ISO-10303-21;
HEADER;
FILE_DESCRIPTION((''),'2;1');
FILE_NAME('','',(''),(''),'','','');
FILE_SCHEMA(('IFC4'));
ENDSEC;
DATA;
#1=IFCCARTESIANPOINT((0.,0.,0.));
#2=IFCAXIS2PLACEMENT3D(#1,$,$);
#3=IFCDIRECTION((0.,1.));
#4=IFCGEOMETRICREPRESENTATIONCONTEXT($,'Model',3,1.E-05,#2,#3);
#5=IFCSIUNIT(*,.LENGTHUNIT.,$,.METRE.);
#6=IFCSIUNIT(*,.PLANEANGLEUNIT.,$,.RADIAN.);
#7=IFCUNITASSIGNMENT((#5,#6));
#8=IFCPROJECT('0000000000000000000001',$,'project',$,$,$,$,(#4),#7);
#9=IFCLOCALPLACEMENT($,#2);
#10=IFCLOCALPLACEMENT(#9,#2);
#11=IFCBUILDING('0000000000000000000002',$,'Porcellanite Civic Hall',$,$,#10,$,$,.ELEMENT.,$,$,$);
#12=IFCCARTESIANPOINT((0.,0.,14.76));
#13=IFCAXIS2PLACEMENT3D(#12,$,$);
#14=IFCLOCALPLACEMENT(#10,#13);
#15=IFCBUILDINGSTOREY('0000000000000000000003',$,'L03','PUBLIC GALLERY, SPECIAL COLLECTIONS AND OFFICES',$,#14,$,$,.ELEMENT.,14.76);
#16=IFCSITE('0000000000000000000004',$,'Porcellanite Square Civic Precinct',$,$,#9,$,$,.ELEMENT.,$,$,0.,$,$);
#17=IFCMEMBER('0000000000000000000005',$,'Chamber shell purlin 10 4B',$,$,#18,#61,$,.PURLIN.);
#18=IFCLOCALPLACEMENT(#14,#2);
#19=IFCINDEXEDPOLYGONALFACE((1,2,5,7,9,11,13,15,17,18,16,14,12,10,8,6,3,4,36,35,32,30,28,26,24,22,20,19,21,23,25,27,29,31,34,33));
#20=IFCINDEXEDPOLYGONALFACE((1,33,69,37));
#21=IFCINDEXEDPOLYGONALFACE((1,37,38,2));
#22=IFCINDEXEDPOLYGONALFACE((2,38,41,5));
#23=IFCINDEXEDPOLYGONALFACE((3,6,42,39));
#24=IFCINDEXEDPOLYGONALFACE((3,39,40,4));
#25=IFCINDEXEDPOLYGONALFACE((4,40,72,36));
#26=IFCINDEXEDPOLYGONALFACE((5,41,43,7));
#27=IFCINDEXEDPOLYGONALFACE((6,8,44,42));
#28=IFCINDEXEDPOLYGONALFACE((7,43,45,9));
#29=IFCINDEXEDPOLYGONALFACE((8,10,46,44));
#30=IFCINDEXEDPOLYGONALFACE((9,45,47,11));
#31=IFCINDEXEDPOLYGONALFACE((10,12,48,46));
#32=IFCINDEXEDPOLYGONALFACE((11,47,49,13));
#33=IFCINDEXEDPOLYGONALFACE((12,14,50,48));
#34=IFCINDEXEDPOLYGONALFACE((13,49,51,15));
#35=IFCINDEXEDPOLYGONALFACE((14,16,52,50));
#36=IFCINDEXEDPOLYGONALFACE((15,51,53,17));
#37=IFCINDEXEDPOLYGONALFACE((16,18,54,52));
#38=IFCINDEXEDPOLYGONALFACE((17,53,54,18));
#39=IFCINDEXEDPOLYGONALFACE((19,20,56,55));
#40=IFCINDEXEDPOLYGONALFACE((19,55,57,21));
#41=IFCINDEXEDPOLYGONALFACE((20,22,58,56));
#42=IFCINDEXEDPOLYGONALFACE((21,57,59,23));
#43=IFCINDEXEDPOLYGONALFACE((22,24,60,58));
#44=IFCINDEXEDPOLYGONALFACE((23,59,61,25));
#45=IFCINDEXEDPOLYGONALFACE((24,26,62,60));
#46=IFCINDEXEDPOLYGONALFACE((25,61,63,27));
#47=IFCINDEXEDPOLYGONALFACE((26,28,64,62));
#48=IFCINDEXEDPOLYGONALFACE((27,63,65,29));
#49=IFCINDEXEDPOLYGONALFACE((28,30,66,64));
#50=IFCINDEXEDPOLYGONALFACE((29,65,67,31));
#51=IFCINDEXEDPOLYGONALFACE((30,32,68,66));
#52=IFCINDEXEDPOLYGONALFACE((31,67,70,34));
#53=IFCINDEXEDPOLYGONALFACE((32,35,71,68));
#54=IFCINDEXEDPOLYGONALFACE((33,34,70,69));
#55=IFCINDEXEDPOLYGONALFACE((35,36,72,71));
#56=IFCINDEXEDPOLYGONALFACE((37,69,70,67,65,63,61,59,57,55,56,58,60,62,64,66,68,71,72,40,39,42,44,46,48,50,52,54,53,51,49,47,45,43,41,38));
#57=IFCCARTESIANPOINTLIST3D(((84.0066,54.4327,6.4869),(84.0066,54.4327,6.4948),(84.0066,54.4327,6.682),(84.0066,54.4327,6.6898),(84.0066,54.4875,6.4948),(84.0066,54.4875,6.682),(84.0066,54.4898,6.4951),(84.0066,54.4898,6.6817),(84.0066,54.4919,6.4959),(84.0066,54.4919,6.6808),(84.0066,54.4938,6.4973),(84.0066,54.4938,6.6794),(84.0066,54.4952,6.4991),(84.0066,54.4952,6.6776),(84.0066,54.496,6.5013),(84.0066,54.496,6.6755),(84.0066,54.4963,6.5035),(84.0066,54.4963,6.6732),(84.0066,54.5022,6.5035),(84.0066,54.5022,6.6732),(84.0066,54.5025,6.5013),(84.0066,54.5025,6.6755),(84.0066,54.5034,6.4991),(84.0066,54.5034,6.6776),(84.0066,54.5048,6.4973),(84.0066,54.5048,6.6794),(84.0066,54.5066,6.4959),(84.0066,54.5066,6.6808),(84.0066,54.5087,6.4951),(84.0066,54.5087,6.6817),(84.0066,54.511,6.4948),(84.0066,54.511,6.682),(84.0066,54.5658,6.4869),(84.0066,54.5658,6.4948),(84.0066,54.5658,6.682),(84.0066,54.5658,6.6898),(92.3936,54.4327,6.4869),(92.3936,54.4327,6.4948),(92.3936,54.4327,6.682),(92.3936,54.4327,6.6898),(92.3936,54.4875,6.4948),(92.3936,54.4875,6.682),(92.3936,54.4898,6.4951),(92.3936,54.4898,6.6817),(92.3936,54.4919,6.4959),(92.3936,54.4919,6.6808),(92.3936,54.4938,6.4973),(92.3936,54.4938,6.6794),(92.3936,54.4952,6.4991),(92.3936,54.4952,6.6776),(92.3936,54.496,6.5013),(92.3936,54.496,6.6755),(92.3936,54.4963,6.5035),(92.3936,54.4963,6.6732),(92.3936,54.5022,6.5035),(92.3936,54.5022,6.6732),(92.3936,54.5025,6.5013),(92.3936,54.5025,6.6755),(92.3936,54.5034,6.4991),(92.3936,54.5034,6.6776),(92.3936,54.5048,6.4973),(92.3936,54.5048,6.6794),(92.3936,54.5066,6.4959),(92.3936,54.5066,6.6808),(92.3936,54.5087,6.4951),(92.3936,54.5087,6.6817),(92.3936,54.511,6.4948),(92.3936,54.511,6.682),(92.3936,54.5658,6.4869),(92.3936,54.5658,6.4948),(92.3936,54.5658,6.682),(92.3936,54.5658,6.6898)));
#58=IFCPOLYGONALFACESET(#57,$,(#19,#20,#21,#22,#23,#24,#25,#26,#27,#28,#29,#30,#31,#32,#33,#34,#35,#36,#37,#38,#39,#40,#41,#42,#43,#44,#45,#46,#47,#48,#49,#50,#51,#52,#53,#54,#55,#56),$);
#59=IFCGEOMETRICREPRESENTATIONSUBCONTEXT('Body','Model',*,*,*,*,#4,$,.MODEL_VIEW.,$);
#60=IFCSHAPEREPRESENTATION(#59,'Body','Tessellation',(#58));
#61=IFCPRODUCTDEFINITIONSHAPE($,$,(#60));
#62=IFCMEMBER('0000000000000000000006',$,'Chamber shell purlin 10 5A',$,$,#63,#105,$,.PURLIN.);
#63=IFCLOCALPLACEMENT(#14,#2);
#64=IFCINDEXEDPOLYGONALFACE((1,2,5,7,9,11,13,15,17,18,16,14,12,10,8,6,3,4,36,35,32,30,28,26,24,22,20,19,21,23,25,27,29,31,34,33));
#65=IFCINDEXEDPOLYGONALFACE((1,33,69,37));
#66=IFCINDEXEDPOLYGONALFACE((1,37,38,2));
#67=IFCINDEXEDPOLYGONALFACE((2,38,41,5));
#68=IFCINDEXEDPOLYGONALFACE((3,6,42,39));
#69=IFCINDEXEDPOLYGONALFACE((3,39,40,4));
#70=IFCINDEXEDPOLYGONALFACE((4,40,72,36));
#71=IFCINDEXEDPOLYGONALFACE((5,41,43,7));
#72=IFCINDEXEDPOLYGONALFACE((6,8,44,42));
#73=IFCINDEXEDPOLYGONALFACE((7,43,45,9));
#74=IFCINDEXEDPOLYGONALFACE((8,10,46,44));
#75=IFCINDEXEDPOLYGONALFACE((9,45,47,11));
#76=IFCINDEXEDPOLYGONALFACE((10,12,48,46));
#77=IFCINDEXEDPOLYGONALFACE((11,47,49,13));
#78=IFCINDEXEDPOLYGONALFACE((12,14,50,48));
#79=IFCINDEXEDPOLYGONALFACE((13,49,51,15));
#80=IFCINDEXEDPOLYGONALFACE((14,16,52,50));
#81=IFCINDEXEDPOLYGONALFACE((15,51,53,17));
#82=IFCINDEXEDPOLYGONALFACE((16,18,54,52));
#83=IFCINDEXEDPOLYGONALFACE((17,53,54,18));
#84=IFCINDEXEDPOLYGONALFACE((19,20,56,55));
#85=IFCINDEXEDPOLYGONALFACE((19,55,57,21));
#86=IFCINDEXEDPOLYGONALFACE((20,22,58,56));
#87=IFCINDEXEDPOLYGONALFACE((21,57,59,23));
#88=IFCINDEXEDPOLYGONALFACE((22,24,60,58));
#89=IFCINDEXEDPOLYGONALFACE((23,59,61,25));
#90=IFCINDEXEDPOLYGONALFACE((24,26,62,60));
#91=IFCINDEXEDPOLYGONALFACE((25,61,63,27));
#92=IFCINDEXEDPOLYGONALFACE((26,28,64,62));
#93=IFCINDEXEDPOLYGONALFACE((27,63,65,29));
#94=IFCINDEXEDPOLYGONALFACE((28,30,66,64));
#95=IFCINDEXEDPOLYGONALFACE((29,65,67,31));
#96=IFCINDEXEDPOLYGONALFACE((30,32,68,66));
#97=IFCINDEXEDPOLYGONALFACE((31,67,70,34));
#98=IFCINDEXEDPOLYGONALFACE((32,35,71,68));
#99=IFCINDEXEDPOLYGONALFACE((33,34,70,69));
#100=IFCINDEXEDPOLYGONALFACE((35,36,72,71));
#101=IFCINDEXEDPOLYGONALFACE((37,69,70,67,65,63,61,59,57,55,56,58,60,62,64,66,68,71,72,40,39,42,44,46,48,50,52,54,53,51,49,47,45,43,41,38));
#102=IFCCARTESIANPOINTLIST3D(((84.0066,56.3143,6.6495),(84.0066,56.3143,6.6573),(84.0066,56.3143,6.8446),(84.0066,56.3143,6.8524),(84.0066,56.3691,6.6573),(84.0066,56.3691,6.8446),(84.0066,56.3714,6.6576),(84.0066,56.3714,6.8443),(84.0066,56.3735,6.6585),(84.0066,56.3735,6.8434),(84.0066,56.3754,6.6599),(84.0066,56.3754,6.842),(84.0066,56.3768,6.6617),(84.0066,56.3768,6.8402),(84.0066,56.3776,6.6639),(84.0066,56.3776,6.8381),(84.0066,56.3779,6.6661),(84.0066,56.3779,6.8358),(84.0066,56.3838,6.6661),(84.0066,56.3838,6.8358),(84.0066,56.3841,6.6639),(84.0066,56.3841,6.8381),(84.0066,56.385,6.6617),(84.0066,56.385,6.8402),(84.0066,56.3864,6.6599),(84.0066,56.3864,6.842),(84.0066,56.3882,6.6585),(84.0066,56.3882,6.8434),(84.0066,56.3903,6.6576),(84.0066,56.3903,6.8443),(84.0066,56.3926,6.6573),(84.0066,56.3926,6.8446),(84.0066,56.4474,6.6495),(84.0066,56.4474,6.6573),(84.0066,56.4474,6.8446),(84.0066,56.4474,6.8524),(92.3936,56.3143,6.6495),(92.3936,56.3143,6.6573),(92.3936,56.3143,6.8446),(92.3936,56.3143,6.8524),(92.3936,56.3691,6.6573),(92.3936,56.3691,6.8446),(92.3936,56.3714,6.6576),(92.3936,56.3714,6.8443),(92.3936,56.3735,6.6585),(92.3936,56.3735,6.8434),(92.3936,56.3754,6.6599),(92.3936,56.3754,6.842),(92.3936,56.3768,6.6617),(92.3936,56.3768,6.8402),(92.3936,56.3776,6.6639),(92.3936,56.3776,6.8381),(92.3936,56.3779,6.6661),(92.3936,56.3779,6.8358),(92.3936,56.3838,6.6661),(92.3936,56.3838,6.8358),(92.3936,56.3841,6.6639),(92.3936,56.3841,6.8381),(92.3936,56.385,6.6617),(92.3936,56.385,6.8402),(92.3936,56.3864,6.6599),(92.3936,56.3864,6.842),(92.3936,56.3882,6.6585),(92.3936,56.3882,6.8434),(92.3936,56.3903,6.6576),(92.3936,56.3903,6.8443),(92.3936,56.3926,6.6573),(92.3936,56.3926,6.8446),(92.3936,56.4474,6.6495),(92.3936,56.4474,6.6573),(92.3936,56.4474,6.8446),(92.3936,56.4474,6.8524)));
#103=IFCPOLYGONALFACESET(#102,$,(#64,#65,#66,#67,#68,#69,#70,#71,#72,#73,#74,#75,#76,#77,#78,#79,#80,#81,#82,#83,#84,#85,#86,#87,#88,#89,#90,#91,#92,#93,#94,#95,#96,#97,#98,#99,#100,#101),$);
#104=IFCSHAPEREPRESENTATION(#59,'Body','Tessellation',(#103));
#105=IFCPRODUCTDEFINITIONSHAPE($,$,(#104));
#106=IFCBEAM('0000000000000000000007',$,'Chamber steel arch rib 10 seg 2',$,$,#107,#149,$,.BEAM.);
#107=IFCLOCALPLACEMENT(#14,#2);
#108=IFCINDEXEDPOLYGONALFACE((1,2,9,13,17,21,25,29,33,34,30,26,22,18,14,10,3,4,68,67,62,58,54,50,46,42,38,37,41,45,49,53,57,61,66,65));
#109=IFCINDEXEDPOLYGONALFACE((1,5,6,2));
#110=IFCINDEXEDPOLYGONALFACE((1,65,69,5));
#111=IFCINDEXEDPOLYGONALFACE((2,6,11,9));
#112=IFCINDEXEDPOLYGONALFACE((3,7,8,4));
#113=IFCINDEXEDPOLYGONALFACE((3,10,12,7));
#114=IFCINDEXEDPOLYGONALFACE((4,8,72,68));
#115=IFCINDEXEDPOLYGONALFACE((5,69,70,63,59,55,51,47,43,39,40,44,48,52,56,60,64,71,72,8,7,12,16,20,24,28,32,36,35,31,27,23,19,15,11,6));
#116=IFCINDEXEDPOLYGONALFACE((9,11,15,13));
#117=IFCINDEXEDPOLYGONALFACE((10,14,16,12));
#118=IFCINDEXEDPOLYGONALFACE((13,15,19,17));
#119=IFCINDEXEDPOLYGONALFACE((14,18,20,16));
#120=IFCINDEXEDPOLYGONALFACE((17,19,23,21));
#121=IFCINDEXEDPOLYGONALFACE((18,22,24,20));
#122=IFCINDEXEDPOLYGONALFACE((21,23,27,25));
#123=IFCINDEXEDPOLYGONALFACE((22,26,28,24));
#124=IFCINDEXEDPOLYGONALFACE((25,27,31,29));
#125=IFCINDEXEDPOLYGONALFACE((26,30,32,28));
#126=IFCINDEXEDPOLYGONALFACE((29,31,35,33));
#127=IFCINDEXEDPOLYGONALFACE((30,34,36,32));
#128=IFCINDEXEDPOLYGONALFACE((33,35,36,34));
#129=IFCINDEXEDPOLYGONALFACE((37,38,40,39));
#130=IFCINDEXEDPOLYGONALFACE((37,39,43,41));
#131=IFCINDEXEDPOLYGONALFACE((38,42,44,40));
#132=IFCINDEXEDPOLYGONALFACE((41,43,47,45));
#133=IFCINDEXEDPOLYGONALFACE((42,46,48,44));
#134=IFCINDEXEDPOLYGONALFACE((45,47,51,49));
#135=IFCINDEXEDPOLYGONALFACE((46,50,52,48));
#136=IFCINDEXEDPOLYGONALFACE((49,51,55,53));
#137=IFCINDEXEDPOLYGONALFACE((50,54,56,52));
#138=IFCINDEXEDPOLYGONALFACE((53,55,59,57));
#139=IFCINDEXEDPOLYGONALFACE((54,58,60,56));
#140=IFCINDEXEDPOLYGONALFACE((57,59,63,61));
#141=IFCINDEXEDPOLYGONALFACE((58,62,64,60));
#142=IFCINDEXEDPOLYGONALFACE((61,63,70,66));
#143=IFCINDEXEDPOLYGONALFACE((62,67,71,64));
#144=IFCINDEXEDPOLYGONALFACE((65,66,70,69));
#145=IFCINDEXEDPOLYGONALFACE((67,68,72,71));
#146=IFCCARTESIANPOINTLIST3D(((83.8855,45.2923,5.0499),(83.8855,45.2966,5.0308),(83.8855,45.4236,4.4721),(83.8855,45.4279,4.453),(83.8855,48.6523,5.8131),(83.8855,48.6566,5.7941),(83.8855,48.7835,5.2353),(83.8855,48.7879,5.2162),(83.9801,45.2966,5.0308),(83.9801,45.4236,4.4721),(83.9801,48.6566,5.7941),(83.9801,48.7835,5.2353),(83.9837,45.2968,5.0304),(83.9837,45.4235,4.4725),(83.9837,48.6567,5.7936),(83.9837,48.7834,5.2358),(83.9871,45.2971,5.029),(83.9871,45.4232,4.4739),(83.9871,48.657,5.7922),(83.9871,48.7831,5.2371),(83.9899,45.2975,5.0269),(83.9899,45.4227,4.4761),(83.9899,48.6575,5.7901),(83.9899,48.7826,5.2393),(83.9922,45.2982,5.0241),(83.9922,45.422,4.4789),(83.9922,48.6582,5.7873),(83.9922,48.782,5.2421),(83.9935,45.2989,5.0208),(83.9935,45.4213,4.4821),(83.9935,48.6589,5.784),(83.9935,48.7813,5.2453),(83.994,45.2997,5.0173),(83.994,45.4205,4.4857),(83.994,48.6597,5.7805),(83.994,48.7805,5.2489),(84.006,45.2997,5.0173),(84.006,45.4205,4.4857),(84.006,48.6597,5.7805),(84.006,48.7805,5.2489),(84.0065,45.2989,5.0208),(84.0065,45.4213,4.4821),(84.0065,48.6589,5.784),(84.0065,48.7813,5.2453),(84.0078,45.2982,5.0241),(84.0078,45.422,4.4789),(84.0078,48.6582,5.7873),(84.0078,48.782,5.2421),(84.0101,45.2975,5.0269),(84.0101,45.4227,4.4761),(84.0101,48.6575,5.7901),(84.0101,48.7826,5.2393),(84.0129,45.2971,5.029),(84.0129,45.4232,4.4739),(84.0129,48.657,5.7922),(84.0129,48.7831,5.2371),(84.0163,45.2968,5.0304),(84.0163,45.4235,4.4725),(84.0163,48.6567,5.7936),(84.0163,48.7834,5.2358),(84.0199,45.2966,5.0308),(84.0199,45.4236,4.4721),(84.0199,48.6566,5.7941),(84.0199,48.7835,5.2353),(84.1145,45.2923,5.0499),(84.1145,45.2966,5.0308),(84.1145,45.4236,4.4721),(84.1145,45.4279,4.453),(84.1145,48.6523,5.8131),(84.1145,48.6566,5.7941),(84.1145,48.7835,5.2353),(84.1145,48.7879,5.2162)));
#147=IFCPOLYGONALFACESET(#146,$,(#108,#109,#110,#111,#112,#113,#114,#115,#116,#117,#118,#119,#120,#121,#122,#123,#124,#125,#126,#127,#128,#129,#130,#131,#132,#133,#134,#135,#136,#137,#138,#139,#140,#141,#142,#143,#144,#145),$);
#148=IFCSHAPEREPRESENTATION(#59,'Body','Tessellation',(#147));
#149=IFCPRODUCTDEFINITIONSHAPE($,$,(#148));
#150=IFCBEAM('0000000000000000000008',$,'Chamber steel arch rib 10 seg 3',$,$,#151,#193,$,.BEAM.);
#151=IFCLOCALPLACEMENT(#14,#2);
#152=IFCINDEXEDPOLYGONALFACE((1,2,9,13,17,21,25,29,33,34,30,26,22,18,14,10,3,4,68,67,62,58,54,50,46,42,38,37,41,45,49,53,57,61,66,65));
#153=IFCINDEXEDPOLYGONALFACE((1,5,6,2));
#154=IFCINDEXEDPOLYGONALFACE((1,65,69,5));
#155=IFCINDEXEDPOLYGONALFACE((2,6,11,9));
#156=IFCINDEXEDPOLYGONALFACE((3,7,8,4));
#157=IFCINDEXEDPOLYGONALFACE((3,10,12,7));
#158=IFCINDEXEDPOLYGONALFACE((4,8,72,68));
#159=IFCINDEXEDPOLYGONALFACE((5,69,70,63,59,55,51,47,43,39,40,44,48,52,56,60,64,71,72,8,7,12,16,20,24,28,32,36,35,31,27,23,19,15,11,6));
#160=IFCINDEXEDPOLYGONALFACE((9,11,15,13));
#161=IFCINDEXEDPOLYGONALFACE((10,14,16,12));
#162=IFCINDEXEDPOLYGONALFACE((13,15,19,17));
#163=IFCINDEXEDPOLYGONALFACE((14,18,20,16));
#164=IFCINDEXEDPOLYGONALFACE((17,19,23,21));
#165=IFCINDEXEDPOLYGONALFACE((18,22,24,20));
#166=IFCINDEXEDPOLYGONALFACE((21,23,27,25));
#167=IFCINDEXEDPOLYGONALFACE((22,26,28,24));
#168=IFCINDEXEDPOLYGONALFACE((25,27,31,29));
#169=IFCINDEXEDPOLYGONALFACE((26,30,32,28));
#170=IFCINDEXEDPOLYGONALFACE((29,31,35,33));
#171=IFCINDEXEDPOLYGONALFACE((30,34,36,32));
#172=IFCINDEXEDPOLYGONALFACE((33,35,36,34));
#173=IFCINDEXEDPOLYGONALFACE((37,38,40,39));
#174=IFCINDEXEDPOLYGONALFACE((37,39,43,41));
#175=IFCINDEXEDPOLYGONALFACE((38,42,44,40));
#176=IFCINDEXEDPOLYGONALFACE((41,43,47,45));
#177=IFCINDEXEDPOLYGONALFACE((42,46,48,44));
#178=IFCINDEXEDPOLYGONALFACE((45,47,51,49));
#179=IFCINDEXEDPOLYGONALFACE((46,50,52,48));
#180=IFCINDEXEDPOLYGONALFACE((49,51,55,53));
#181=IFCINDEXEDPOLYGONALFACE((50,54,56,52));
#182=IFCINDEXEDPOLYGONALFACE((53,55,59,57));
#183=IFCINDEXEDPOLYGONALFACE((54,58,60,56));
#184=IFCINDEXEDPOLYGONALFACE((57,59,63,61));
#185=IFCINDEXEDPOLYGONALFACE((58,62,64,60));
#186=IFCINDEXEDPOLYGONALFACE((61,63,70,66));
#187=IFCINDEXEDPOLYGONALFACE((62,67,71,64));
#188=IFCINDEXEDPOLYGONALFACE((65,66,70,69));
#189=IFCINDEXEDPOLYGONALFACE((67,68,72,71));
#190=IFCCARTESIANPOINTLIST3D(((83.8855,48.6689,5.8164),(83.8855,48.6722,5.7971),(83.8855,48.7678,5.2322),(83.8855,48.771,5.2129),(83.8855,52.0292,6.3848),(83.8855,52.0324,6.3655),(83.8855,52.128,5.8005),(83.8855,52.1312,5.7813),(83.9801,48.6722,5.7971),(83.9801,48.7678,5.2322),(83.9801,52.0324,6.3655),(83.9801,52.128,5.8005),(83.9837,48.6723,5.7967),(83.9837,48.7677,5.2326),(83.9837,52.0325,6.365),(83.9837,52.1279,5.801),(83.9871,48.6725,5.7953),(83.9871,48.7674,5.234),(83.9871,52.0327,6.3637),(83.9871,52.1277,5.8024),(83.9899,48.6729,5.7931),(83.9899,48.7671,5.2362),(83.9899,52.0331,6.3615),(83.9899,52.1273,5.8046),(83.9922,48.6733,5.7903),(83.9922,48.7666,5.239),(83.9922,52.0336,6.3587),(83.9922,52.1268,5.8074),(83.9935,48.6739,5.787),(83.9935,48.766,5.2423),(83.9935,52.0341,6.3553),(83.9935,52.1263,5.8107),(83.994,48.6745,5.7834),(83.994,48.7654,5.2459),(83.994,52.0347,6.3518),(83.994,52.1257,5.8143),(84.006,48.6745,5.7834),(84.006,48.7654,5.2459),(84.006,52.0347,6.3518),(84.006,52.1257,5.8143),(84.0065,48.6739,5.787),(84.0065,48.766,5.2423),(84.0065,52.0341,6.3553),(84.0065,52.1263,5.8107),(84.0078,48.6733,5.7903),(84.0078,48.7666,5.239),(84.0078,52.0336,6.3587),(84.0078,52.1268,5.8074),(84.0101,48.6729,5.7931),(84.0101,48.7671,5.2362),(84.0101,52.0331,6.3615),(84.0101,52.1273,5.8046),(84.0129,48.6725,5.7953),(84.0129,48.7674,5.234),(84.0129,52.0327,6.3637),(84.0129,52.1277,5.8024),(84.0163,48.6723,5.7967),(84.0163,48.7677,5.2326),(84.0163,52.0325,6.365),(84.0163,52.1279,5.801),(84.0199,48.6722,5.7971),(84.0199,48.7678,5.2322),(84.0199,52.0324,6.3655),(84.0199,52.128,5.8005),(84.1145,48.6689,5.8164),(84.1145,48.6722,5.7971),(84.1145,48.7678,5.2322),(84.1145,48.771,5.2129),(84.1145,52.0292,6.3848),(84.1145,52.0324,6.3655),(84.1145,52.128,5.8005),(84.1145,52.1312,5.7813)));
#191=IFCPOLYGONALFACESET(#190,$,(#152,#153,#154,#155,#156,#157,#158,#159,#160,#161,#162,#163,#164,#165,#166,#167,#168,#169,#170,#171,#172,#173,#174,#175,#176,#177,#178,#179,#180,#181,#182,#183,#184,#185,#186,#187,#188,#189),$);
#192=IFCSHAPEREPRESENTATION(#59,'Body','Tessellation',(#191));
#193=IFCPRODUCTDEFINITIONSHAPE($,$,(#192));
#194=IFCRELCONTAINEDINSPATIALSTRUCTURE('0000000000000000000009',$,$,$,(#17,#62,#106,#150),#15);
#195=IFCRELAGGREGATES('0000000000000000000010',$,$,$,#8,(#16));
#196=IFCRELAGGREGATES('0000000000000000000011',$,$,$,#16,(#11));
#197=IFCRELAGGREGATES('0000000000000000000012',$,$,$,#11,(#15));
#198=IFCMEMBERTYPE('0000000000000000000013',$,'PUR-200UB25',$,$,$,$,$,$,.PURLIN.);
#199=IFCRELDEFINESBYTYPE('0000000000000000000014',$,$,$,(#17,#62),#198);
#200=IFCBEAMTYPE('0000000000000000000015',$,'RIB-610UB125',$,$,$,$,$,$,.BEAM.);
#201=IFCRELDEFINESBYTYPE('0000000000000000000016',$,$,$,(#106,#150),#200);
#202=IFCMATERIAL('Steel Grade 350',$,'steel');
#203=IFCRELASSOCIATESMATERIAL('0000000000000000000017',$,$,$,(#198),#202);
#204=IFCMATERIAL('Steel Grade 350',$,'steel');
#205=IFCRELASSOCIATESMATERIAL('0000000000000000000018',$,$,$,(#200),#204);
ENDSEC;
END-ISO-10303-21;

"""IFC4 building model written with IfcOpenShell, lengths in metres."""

from ifc_helpers import new_model, si_unit, direction, frame, origin, origin_2d, place, context, subcontext, project, spatial, i_section, extrude, material, material_profile, profile_set, type_object, element, save


model = new_model("IFC4")

# Units and contexts
model_context = context("Model", 3, precision=1e-05, world=origin(), true_north=direction((0.0, 1.0)))
body_context = subcontext(model_context, "Body", "Model", "MODEL_VIEW")
ifc_project = project(units=[si_unit("LENGTHUNIT", "METRE"), si_unit("PLANEANGLEUNIT", "RADIAN")], contexts=[model_context])

# Site, building, storey
site_placement = place(None, origin())
site = spatial("IfcSite", under=ifc_project, at=site_placement, Name="Porcellanite Square Civic Precinct", CompositionType="ELEMENT", RefElevation=0.0)
building_placement = place(site_placement, origin())
building = spatial("IfcBuilding", under=site, at=building_placement, Name="Porcellanite Civic Hall", CompositionType="ELEMENT")
storey_placement = place(building_placement, frame((0.0, 0.0, 14.76)))
storey = spatial("IfcBuildingStorey", under=building, at=storey_placement, Name="L03", Description="PUBLIC GALLERY, SPECIAL COLLECTIONS AND OFFICES", CompositionType="ELEMENT", Elevation=14.76)

# Members
ifc_material_1 = material(Name="Steel Grade 350", Category="steel")
ifc_material_profile_1 = material_profile(ifc_material_1, i_section(OverallWidth=0.1331, OverallDepth=0.2029, WebThickness=0.0059, FlangeThickness=0.0078, FilletRadius=0.0088, at=origin_2d()), Name="200UB25.4")
ifc_profile_set_1 = profile_set([ifc_material_profile_1], Name="Steel Grade 350")
member_type_1 = type_object("IfcMemberType", Name="PUR-200UB25", PredefinedType="PURLIN", material=ifc_profile_set_1)
for number, where, z_axis, x_axis, name in (
    (1, (84.0066, 54.4993, 6.5884), (1.0, 0.0, 0.0), (0.0, 1.0, 0.0), "Chamber shell purlin 10 4B"),
    (2, (84.0066, 56.3809, 6.751), (1.0, 0.0, 0.0), (0.0, 1.0, 0.0), "Chamber shell purlin 10 5A"),
):
    element("IfcMember", number, at=place(storey_placement, frame(where, z_axis=z_axis, x_axis=x_axis)), inside=storey, type_object=member_type_1, Name=name, PredefinedType="PURLIN", context=body_context, shape_type="SweptSolid", body=[
        extrude(i_section(OverallWidth=0.1331, OverallDepth=0.2029, WebThickness=0.0059, FlangeThickness=0.0078, FilletRadius=0.0088, at=origin_2d()), origin(), (0.0, 0.0, 1.0), 8.387),
    ])

# Beams
ifc_material_2 = material(Name="Steel Grade 350", Category="steel")
ifc_material_profile_2 = material_profile(ifc_material_2, i_section(OverallWidth=0.229, OverallDepth=0.6121, WebThickness=0.012, FlangeThickness=0.0195, FilletRadius=0.0139, at=origin_2d()), Name="610UB125")
ifc_profile_set_2 = profile_set([ifc_material_profile_2], Name="Steel Grade 350")
beam_type = type_object("IfcBeamType", Name="RIB-610UB125", PredefinedType="BEAM", material=ifc_profile_set_2)
beam_1_placement = place(storey_placement, frame((84.0, 45.3601, 4.7515), z_axis=(0.0, 0.975159, 0.221505), x_axis=(-1.0, 0.0, 0.0)))
element("IfcBeam", 3, at=beam_1_placement, inside=storey, type_object=beam_type, Name="Chamber steel arch rib 10 seg 2", PredefinedType="BEAM", context=body_context, shape_type="SweptSolid", body=[
    extrude(i_section(OverallWidth=0.229, OverallDepth=0.6121, WebThickness=0.012, FlangeThickness=0.0195, FilletRadius=0.0139, at=origin_2d()), origin(), (0.0, 0.0, 1.0), 3.4456),
])
beam_2_placement = place(storey_placement, frame((84.0, 48.72, 5.5146), z_axis=(0.0, 0.985994, 0.16678), x_axis=(-1.0, 0.0, 0.0)))
element("IfcBeam", 4, at=beam_2_placement, inside=storey, type_object=beam_type, Name="Chamber steel arch rib 10 seg 3", PredefinedType="BEAM", context=body_context, shape_type="SweptSolid", body=[
    extrude(i_section(OverallWidth=0.229, OverallDepth=0.6121, WebThickness=0.012, FlangeThickness=0.0195, FilletRadius=0.0139, at=origin_2d()), origin(), (0.0, 0.0, 1.0), 3.408),
])

save(model, "model.ifc")
